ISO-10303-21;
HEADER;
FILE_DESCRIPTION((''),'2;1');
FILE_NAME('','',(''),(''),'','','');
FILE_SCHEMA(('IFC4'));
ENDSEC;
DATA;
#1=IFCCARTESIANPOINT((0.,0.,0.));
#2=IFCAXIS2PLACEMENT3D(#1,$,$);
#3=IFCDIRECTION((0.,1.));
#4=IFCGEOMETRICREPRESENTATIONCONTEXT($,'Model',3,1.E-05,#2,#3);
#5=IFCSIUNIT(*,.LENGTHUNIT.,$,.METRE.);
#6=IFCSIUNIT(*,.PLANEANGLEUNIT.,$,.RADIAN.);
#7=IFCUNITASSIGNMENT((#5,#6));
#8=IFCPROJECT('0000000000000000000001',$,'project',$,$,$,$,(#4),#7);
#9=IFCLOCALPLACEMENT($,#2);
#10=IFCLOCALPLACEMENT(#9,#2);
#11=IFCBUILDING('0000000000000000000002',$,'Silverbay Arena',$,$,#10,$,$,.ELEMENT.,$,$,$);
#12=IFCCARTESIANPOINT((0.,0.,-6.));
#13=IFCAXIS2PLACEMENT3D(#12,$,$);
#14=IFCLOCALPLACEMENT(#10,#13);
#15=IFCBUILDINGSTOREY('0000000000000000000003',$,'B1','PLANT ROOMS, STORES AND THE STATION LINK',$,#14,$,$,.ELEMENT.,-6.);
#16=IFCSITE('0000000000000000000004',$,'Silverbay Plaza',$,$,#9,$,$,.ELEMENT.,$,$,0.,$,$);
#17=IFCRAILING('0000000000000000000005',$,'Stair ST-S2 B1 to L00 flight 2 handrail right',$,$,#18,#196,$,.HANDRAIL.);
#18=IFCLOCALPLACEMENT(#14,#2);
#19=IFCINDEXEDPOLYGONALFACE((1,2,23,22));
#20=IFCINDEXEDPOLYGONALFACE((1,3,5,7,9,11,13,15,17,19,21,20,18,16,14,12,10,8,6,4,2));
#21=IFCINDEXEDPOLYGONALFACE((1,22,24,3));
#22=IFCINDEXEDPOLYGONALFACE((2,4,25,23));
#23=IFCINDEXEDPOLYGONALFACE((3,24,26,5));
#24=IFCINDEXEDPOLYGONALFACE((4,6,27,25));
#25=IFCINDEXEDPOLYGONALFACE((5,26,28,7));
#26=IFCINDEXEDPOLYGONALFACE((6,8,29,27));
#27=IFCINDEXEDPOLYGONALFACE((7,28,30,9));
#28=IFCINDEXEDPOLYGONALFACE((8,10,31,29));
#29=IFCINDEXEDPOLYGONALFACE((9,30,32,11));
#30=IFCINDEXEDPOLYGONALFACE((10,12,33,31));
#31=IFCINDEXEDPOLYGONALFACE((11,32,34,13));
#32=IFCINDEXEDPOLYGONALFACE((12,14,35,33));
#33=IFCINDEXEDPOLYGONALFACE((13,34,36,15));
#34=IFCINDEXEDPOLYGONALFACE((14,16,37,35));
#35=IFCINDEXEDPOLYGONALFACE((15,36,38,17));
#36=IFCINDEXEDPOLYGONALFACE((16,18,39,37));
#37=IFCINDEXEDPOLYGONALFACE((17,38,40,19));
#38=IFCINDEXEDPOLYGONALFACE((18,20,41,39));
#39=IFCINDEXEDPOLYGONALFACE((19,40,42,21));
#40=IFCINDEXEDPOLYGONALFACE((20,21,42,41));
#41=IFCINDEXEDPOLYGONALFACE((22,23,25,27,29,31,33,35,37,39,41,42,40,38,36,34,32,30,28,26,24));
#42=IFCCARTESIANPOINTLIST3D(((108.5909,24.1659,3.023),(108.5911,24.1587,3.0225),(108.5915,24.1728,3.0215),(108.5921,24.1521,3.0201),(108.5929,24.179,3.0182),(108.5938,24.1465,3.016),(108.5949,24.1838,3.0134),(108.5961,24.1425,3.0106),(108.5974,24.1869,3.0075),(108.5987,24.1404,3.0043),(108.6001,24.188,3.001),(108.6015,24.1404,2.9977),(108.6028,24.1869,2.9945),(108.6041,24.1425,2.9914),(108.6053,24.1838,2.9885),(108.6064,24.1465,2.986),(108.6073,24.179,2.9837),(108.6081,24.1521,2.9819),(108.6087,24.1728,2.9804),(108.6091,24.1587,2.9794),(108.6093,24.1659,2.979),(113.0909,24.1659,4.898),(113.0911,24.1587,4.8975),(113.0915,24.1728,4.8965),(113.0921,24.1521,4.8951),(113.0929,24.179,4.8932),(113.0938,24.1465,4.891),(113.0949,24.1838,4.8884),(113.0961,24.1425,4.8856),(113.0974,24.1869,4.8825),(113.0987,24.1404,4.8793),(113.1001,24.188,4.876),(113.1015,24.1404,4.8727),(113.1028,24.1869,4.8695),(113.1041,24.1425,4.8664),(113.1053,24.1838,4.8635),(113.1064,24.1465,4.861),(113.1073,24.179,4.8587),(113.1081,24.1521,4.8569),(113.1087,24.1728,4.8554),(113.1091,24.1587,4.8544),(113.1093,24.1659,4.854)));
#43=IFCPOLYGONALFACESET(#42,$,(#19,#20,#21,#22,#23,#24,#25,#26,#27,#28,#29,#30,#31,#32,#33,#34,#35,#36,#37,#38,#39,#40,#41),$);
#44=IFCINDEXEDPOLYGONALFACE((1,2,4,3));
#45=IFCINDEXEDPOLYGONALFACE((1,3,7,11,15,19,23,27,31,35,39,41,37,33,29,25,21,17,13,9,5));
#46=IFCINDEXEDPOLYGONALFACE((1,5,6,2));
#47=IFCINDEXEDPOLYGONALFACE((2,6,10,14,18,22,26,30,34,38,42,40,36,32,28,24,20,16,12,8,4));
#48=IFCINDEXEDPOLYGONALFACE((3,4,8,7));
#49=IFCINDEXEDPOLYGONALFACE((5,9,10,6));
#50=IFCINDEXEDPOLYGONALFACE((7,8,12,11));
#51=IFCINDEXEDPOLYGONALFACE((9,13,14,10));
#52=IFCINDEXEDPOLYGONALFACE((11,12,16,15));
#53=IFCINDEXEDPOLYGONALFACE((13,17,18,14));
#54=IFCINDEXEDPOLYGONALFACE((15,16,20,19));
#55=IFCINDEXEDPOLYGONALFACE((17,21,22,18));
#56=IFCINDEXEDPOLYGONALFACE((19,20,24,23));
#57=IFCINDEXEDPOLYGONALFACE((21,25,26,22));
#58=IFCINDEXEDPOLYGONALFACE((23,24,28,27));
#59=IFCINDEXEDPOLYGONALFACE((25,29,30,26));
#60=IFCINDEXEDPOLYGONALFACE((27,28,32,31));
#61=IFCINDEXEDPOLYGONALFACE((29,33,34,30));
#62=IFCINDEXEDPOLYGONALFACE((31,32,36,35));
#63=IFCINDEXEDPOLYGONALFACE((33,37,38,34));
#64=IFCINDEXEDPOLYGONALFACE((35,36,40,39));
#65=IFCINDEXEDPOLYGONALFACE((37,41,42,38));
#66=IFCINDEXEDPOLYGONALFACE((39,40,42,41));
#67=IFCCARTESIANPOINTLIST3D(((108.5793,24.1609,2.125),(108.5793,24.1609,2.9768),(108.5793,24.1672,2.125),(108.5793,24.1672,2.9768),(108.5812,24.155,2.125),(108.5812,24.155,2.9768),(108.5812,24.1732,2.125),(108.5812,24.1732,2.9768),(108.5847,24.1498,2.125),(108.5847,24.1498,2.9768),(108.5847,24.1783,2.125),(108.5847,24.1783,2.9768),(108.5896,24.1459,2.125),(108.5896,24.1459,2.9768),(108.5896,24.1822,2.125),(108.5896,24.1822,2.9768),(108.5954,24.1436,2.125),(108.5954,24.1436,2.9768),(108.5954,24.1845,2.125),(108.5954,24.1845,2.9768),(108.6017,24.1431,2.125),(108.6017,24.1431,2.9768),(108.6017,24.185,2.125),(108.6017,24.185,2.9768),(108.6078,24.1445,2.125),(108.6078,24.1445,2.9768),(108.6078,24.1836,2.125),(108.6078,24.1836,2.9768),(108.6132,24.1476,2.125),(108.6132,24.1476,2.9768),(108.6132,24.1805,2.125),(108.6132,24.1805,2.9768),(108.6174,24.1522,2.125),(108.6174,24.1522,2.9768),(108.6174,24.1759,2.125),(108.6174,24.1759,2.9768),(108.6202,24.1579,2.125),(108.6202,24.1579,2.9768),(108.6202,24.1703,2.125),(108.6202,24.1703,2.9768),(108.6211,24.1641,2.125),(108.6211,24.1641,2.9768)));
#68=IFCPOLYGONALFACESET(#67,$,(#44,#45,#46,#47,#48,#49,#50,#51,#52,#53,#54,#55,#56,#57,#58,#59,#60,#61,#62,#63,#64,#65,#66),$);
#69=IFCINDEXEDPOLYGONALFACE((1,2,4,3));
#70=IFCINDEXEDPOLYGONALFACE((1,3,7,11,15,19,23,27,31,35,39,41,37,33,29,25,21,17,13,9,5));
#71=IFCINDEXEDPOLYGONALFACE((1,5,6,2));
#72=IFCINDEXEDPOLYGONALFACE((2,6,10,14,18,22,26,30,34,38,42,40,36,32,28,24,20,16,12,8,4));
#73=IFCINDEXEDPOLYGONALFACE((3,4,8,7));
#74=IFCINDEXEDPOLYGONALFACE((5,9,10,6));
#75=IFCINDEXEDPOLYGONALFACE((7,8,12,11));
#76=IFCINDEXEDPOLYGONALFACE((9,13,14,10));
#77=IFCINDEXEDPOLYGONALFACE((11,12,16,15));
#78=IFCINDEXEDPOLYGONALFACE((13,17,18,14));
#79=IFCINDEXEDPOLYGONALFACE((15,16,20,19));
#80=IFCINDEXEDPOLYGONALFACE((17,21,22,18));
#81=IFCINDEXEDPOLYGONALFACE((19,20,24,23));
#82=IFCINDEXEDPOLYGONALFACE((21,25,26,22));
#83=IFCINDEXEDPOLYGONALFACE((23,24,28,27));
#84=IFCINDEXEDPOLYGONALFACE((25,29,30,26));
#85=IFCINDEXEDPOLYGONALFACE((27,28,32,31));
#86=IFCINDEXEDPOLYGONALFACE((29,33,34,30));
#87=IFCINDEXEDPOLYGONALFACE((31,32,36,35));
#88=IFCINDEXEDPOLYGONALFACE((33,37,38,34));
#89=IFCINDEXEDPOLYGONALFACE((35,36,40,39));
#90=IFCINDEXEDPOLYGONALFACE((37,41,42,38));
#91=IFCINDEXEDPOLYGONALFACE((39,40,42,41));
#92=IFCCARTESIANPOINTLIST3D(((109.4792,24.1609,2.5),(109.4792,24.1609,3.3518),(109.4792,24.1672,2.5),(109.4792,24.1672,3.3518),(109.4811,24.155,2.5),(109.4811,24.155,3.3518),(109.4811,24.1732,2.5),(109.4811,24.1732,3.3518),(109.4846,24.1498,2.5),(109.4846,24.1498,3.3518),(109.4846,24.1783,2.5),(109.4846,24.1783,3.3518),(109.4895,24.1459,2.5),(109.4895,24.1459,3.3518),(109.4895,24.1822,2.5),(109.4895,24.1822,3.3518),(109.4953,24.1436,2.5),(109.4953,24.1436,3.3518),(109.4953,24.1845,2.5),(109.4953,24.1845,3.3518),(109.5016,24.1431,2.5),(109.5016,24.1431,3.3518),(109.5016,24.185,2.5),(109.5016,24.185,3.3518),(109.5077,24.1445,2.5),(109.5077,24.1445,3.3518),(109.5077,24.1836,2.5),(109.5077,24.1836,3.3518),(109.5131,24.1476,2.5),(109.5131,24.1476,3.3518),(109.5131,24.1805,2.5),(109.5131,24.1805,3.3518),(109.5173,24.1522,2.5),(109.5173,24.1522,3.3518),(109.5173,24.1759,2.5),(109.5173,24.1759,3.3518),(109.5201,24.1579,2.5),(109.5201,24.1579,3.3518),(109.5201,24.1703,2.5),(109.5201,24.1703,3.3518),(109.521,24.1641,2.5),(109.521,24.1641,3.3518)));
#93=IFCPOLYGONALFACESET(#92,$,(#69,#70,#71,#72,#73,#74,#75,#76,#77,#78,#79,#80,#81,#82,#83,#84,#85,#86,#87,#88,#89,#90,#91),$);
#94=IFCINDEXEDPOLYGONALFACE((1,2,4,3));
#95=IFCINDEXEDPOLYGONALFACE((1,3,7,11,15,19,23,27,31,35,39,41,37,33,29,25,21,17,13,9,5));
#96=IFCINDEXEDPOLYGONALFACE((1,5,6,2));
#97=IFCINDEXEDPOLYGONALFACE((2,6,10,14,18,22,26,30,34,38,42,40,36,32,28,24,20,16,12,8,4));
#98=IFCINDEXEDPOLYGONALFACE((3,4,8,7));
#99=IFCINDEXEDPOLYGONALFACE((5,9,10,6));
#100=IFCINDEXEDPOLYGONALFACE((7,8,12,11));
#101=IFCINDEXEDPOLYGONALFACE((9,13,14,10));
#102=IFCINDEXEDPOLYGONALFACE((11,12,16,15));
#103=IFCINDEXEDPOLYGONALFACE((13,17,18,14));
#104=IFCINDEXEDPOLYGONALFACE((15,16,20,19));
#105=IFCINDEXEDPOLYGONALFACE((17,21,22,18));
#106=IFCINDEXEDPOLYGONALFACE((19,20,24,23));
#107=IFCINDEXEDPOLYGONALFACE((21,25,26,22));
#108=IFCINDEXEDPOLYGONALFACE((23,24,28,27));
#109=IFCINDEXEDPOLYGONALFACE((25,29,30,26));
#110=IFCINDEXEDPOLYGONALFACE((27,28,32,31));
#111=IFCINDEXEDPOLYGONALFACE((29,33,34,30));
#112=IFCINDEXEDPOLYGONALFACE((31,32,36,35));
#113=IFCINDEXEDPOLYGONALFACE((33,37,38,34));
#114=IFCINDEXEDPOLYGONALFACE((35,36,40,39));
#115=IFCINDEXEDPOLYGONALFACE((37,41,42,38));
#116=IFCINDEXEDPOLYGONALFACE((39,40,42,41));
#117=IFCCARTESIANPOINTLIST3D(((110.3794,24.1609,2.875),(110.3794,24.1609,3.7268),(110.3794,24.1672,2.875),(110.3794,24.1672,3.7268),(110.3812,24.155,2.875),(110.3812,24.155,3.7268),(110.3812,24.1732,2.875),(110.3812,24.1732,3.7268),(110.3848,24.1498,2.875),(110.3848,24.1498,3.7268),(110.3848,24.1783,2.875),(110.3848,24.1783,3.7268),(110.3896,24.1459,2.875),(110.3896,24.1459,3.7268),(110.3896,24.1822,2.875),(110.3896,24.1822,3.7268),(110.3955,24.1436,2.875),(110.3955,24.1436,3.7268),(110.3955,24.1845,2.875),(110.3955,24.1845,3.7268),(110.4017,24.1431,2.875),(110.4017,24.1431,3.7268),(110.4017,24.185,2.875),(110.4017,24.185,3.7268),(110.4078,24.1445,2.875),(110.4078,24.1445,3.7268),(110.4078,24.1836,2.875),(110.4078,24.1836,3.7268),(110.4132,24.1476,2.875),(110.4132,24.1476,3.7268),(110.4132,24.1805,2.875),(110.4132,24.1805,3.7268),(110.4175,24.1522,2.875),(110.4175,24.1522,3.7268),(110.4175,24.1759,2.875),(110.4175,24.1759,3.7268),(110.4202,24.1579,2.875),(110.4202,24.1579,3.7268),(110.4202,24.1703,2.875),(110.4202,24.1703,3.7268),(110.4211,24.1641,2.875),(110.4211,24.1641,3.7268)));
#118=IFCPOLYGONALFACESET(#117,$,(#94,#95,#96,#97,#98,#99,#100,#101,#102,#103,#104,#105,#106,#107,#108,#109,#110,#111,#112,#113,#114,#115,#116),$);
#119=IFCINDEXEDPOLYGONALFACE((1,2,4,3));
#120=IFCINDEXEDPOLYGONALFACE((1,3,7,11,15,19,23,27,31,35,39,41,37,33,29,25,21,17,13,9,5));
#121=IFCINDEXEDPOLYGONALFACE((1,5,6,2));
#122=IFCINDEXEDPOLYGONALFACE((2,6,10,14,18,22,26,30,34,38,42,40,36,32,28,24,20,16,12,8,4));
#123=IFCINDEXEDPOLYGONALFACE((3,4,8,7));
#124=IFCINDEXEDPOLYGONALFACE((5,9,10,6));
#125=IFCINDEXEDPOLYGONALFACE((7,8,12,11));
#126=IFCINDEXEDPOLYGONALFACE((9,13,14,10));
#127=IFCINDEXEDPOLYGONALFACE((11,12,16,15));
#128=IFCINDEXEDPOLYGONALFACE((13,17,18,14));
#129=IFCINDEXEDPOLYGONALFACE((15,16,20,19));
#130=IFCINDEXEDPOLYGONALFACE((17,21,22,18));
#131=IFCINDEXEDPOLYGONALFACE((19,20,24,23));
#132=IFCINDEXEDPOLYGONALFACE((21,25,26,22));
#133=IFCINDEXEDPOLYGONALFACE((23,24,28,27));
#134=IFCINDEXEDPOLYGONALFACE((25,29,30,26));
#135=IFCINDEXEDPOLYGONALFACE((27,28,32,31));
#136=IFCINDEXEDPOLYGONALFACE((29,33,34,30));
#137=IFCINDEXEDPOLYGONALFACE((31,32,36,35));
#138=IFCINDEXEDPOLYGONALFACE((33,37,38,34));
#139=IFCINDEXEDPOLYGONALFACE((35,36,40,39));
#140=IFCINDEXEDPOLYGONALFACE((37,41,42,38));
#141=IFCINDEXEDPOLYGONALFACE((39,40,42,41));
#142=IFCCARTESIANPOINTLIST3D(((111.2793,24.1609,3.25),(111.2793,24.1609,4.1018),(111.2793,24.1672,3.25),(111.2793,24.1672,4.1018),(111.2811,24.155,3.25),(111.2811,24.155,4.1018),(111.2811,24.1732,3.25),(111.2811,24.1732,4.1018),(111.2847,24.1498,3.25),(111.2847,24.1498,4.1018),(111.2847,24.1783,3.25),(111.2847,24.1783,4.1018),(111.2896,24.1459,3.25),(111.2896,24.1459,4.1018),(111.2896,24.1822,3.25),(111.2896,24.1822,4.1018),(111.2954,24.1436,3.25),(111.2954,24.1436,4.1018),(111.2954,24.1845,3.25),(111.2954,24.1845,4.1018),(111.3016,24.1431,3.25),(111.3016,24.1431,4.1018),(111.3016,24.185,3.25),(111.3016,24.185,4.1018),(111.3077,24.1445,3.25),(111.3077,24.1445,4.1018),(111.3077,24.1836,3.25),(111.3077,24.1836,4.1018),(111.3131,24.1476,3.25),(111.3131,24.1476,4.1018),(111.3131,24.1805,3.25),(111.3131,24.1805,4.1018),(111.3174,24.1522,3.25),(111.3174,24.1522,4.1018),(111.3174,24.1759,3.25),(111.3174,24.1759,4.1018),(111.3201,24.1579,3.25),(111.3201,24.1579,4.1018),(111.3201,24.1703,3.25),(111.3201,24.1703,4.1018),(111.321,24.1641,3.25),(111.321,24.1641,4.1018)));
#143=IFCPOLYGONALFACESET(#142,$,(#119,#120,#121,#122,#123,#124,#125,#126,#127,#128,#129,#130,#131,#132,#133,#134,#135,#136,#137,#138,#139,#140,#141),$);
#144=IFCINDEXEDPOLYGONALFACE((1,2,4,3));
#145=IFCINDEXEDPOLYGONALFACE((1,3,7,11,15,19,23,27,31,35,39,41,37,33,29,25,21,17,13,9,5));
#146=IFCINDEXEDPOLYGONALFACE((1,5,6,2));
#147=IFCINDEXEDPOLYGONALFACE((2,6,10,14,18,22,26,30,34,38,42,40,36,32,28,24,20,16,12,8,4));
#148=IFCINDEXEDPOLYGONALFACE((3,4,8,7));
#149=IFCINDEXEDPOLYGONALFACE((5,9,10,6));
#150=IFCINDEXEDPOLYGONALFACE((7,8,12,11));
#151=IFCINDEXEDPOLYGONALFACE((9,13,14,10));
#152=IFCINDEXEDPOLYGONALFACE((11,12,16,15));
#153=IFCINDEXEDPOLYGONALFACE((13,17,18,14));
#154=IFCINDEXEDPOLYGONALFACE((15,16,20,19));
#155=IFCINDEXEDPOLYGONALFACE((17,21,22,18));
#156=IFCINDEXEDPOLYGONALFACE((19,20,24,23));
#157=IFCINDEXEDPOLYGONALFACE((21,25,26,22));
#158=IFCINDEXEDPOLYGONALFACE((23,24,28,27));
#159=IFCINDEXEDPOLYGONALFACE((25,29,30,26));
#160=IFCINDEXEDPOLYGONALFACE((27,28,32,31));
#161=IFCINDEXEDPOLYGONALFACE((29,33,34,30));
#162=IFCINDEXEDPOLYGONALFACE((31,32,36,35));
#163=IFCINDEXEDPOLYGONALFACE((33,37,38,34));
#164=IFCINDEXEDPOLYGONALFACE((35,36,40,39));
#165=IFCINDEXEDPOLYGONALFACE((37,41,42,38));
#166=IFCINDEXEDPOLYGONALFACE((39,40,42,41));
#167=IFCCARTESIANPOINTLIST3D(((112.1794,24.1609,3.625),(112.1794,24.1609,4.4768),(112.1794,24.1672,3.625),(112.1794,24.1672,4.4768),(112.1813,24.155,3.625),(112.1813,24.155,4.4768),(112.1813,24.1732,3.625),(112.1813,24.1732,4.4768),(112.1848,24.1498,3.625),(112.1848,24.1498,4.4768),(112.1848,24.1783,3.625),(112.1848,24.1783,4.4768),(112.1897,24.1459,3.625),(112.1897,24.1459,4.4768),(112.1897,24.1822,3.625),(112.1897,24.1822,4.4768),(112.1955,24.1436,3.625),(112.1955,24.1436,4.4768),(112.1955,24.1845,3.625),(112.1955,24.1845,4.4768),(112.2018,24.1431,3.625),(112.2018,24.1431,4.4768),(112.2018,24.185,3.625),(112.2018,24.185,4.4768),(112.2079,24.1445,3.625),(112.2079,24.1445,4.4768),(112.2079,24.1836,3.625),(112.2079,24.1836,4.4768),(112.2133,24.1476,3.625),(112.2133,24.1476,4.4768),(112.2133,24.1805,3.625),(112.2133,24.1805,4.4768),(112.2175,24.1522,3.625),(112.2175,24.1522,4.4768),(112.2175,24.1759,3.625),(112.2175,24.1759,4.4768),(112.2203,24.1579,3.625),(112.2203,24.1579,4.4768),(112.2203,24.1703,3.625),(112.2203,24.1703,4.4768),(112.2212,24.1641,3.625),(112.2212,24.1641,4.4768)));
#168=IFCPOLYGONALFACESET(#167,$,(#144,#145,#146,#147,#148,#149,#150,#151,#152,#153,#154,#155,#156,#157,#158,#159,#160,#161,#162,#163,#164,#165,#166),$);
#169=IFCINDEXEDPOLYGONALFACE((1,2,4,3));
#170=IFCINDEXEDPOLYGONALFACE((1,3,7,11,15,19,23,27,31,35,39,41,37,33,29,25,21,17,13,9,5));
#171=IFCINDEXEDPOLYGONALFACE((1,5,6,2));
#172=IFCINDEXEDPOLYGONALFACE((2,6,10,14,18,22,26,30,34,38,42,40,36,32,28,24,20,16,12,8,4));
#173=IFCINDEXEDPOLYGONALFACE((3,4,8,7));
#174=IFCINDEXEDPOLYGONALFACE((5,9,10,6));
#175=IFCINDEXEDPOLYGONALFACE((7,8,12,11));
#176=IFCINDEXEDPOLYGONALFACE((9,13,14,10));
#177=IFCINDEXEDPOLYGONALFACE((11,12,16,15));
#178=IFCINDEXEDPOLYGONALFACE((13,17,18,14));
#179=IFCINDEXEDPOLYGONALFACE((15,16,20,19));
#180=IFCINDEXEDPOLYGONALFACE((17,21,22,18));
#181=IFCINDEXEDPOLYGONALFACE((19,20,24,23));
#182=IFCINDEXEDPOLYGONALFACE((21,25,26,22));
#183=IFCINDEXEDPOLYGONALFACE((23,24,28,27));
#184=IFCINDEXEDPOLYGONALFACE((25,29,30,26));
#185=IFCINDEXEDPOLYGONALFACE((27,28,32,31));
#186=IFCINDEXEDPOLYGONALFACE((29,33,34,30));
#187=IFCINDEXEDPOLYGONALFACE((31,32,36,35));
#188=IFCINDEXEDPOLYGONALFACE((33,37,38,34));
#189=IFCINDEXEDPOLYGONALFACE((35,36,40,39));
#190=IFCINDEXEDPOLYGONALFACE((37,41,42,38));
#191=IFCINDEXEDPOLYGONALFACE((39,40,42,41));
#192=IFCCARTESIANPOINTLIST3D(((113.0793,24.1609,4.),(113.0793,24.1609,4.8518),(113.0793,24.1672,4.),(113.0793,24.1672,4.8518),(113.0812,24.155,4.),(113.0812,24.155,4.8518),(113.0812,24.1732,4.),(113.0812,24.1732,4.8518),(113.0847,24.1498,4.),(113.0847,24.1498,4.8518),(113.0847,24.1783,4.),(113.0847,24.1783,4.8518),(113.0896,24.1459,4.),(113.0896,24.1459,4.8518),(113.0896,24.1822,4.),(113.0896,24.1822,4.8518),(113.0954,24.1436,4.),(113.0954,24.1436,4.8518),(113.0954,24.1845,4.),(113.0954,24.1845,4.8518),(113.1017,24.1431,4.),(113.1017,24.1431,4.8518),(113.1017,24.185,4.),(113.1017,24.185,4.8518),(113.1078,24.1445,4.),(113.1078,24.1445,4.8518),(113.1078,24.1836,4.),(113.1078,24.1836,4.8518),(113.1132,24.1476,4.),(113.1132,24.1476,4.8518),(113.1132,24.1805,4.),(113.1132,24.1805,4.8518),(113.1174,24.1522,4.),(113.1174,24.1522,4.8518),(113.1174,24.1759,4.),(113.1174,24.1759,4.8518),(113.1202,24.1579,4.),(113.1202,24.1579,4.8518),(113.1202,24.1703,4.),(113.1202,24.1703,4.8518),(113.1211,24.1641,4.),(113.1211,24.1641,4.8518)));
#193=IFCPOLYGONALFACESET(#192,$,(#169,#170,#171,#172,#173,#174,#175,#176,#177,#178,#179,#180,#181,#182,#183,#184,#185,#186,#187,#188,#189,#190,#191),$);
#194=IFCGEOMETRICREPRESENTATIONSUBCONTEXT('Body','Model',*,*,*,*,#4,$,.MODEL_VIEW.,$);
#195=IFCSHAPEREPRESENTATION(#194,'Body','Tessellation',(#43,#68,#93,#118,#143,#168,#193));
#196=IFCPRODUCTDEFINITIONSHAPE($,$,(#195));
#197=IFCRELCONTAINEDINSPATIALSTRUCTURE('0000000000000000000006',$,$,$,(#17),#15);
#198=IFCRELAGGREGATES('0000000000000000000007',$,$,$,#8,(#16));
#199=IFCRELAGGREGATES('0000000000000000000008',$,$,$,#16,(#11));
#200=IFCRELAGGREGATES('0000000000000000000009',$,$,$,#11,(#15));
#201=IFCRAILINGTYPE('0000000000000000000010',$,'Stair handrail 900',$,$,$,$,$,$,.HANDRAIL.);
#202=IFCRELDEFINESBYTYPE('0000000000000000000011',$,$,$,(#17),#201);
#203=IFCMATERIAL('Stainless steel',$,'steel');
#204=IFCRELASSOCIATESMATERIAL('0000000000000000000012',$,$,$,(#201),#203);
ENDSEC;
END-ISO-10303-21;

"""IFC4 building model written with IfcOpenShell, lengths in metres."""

from ifc_helpers import new_model, si_unit, direction, frame, origin, origin_2d, place, context, subcontext, project, spatial, circle, extrude, material, type_object, element, save


model = new_model("IFC4")

# Units and contexts
model_context = context("Model", 3, precision=1e-05, world=origin(), true_north=direction((0.0, 1.0)))
body_context = subcontext(model_context, "Body", "Model", "MODEL_VIEW")
ifc_project = project(units=[si_unit("LENGTHUNIT", "METRE"), si_unit("PLANEANGLEUNIT", "RADIAN")], contexts=[model_context])

# Site, building, storey
site_placement = place(None, origin())
site = spatial("IfcSite", under=ifc_project, at=site_placement, Name="Silverbay Plaza", CompositionType="ELEMENT", RefElevation=0.0)
building_placement = place(site_placement, origin())
building = spatial("IfcBuilding", under=site, at=building_placement, Name="Silverbay Arena", CompositionType="ELEMENT")
storey_placement = place(building_placement, frame((0.0, 0.0, -6.0)))
storey = spatial("IfcBuildingStorey", under=building, at=storey_placement, Name="B1", Description="PLANT ROOMS, STORES AND THE STATION LINK", CompositionType="ELEMENT", Elevation=-6.0)

# Railing
ifc_material_1 = material(Name="Stainless steel", Category="steel")
railing_type_1 = type_object("IfcRailingType", Name="Stair handrail 900", PredefinedType="HANDRAIL", material=ifc_material_1)
railing_1_placement = place(storey_placement, frame((108.6001, 24.1641, 2.125)))
element("IfcRailing", 1, at=railing_1_placement, inside=storey, type_object=railing_type_1, Name="Stair ST-S2 B1 to L00 flight 2 handrail right", PredefinedType="HANDRAIL", context=body_context, shape_type="SweptSolid", body=[
    extrude(circle(Radius=0.0239, at=origin_2d()), frame((0.0, 0.0, 0.876), z_axis=(0.923077, 0.0, 0.384615), x_axis=(0.0, 1.0, 0.0)), (0.0, 0.0, 1.0), 4.875),
    extrude(circle(Radius=0.021, at=origin_2d()), origin(), (0.0, 0.0, 1.0), 0.8518),
    extrude(circle(Radius=0.021, at=origin_2d()), frame((0.8999, 0.0, 0.375)), (0.0, 0.0, 1.0), 0.8518),
    extrude(circle(Radius=0.021, at=origin_2d()), frame((1.8, 0.0, 0.75)), (0.0, 0.0, 1.0), 0.8518),
    extrude(circle(Radius=0.021, at=origin_2d()), frame((2.7, 0.0, 1.125)), (0.0, 0.0, 1.0), 0.8518),
    extrude(circle(Radius=0.021, at=origin_2d()), frame((3.6001, 0.0, 1.5)), (0.0, 0.0, 1.0), 0.8518),
    extrude(circle(Radius=0.021, at=origin_2d()), frame((4.5, 0.0, 1.875)), (0.0, 0.0, 1.0), 0.8518),
])

save(model, "model.ifc")
